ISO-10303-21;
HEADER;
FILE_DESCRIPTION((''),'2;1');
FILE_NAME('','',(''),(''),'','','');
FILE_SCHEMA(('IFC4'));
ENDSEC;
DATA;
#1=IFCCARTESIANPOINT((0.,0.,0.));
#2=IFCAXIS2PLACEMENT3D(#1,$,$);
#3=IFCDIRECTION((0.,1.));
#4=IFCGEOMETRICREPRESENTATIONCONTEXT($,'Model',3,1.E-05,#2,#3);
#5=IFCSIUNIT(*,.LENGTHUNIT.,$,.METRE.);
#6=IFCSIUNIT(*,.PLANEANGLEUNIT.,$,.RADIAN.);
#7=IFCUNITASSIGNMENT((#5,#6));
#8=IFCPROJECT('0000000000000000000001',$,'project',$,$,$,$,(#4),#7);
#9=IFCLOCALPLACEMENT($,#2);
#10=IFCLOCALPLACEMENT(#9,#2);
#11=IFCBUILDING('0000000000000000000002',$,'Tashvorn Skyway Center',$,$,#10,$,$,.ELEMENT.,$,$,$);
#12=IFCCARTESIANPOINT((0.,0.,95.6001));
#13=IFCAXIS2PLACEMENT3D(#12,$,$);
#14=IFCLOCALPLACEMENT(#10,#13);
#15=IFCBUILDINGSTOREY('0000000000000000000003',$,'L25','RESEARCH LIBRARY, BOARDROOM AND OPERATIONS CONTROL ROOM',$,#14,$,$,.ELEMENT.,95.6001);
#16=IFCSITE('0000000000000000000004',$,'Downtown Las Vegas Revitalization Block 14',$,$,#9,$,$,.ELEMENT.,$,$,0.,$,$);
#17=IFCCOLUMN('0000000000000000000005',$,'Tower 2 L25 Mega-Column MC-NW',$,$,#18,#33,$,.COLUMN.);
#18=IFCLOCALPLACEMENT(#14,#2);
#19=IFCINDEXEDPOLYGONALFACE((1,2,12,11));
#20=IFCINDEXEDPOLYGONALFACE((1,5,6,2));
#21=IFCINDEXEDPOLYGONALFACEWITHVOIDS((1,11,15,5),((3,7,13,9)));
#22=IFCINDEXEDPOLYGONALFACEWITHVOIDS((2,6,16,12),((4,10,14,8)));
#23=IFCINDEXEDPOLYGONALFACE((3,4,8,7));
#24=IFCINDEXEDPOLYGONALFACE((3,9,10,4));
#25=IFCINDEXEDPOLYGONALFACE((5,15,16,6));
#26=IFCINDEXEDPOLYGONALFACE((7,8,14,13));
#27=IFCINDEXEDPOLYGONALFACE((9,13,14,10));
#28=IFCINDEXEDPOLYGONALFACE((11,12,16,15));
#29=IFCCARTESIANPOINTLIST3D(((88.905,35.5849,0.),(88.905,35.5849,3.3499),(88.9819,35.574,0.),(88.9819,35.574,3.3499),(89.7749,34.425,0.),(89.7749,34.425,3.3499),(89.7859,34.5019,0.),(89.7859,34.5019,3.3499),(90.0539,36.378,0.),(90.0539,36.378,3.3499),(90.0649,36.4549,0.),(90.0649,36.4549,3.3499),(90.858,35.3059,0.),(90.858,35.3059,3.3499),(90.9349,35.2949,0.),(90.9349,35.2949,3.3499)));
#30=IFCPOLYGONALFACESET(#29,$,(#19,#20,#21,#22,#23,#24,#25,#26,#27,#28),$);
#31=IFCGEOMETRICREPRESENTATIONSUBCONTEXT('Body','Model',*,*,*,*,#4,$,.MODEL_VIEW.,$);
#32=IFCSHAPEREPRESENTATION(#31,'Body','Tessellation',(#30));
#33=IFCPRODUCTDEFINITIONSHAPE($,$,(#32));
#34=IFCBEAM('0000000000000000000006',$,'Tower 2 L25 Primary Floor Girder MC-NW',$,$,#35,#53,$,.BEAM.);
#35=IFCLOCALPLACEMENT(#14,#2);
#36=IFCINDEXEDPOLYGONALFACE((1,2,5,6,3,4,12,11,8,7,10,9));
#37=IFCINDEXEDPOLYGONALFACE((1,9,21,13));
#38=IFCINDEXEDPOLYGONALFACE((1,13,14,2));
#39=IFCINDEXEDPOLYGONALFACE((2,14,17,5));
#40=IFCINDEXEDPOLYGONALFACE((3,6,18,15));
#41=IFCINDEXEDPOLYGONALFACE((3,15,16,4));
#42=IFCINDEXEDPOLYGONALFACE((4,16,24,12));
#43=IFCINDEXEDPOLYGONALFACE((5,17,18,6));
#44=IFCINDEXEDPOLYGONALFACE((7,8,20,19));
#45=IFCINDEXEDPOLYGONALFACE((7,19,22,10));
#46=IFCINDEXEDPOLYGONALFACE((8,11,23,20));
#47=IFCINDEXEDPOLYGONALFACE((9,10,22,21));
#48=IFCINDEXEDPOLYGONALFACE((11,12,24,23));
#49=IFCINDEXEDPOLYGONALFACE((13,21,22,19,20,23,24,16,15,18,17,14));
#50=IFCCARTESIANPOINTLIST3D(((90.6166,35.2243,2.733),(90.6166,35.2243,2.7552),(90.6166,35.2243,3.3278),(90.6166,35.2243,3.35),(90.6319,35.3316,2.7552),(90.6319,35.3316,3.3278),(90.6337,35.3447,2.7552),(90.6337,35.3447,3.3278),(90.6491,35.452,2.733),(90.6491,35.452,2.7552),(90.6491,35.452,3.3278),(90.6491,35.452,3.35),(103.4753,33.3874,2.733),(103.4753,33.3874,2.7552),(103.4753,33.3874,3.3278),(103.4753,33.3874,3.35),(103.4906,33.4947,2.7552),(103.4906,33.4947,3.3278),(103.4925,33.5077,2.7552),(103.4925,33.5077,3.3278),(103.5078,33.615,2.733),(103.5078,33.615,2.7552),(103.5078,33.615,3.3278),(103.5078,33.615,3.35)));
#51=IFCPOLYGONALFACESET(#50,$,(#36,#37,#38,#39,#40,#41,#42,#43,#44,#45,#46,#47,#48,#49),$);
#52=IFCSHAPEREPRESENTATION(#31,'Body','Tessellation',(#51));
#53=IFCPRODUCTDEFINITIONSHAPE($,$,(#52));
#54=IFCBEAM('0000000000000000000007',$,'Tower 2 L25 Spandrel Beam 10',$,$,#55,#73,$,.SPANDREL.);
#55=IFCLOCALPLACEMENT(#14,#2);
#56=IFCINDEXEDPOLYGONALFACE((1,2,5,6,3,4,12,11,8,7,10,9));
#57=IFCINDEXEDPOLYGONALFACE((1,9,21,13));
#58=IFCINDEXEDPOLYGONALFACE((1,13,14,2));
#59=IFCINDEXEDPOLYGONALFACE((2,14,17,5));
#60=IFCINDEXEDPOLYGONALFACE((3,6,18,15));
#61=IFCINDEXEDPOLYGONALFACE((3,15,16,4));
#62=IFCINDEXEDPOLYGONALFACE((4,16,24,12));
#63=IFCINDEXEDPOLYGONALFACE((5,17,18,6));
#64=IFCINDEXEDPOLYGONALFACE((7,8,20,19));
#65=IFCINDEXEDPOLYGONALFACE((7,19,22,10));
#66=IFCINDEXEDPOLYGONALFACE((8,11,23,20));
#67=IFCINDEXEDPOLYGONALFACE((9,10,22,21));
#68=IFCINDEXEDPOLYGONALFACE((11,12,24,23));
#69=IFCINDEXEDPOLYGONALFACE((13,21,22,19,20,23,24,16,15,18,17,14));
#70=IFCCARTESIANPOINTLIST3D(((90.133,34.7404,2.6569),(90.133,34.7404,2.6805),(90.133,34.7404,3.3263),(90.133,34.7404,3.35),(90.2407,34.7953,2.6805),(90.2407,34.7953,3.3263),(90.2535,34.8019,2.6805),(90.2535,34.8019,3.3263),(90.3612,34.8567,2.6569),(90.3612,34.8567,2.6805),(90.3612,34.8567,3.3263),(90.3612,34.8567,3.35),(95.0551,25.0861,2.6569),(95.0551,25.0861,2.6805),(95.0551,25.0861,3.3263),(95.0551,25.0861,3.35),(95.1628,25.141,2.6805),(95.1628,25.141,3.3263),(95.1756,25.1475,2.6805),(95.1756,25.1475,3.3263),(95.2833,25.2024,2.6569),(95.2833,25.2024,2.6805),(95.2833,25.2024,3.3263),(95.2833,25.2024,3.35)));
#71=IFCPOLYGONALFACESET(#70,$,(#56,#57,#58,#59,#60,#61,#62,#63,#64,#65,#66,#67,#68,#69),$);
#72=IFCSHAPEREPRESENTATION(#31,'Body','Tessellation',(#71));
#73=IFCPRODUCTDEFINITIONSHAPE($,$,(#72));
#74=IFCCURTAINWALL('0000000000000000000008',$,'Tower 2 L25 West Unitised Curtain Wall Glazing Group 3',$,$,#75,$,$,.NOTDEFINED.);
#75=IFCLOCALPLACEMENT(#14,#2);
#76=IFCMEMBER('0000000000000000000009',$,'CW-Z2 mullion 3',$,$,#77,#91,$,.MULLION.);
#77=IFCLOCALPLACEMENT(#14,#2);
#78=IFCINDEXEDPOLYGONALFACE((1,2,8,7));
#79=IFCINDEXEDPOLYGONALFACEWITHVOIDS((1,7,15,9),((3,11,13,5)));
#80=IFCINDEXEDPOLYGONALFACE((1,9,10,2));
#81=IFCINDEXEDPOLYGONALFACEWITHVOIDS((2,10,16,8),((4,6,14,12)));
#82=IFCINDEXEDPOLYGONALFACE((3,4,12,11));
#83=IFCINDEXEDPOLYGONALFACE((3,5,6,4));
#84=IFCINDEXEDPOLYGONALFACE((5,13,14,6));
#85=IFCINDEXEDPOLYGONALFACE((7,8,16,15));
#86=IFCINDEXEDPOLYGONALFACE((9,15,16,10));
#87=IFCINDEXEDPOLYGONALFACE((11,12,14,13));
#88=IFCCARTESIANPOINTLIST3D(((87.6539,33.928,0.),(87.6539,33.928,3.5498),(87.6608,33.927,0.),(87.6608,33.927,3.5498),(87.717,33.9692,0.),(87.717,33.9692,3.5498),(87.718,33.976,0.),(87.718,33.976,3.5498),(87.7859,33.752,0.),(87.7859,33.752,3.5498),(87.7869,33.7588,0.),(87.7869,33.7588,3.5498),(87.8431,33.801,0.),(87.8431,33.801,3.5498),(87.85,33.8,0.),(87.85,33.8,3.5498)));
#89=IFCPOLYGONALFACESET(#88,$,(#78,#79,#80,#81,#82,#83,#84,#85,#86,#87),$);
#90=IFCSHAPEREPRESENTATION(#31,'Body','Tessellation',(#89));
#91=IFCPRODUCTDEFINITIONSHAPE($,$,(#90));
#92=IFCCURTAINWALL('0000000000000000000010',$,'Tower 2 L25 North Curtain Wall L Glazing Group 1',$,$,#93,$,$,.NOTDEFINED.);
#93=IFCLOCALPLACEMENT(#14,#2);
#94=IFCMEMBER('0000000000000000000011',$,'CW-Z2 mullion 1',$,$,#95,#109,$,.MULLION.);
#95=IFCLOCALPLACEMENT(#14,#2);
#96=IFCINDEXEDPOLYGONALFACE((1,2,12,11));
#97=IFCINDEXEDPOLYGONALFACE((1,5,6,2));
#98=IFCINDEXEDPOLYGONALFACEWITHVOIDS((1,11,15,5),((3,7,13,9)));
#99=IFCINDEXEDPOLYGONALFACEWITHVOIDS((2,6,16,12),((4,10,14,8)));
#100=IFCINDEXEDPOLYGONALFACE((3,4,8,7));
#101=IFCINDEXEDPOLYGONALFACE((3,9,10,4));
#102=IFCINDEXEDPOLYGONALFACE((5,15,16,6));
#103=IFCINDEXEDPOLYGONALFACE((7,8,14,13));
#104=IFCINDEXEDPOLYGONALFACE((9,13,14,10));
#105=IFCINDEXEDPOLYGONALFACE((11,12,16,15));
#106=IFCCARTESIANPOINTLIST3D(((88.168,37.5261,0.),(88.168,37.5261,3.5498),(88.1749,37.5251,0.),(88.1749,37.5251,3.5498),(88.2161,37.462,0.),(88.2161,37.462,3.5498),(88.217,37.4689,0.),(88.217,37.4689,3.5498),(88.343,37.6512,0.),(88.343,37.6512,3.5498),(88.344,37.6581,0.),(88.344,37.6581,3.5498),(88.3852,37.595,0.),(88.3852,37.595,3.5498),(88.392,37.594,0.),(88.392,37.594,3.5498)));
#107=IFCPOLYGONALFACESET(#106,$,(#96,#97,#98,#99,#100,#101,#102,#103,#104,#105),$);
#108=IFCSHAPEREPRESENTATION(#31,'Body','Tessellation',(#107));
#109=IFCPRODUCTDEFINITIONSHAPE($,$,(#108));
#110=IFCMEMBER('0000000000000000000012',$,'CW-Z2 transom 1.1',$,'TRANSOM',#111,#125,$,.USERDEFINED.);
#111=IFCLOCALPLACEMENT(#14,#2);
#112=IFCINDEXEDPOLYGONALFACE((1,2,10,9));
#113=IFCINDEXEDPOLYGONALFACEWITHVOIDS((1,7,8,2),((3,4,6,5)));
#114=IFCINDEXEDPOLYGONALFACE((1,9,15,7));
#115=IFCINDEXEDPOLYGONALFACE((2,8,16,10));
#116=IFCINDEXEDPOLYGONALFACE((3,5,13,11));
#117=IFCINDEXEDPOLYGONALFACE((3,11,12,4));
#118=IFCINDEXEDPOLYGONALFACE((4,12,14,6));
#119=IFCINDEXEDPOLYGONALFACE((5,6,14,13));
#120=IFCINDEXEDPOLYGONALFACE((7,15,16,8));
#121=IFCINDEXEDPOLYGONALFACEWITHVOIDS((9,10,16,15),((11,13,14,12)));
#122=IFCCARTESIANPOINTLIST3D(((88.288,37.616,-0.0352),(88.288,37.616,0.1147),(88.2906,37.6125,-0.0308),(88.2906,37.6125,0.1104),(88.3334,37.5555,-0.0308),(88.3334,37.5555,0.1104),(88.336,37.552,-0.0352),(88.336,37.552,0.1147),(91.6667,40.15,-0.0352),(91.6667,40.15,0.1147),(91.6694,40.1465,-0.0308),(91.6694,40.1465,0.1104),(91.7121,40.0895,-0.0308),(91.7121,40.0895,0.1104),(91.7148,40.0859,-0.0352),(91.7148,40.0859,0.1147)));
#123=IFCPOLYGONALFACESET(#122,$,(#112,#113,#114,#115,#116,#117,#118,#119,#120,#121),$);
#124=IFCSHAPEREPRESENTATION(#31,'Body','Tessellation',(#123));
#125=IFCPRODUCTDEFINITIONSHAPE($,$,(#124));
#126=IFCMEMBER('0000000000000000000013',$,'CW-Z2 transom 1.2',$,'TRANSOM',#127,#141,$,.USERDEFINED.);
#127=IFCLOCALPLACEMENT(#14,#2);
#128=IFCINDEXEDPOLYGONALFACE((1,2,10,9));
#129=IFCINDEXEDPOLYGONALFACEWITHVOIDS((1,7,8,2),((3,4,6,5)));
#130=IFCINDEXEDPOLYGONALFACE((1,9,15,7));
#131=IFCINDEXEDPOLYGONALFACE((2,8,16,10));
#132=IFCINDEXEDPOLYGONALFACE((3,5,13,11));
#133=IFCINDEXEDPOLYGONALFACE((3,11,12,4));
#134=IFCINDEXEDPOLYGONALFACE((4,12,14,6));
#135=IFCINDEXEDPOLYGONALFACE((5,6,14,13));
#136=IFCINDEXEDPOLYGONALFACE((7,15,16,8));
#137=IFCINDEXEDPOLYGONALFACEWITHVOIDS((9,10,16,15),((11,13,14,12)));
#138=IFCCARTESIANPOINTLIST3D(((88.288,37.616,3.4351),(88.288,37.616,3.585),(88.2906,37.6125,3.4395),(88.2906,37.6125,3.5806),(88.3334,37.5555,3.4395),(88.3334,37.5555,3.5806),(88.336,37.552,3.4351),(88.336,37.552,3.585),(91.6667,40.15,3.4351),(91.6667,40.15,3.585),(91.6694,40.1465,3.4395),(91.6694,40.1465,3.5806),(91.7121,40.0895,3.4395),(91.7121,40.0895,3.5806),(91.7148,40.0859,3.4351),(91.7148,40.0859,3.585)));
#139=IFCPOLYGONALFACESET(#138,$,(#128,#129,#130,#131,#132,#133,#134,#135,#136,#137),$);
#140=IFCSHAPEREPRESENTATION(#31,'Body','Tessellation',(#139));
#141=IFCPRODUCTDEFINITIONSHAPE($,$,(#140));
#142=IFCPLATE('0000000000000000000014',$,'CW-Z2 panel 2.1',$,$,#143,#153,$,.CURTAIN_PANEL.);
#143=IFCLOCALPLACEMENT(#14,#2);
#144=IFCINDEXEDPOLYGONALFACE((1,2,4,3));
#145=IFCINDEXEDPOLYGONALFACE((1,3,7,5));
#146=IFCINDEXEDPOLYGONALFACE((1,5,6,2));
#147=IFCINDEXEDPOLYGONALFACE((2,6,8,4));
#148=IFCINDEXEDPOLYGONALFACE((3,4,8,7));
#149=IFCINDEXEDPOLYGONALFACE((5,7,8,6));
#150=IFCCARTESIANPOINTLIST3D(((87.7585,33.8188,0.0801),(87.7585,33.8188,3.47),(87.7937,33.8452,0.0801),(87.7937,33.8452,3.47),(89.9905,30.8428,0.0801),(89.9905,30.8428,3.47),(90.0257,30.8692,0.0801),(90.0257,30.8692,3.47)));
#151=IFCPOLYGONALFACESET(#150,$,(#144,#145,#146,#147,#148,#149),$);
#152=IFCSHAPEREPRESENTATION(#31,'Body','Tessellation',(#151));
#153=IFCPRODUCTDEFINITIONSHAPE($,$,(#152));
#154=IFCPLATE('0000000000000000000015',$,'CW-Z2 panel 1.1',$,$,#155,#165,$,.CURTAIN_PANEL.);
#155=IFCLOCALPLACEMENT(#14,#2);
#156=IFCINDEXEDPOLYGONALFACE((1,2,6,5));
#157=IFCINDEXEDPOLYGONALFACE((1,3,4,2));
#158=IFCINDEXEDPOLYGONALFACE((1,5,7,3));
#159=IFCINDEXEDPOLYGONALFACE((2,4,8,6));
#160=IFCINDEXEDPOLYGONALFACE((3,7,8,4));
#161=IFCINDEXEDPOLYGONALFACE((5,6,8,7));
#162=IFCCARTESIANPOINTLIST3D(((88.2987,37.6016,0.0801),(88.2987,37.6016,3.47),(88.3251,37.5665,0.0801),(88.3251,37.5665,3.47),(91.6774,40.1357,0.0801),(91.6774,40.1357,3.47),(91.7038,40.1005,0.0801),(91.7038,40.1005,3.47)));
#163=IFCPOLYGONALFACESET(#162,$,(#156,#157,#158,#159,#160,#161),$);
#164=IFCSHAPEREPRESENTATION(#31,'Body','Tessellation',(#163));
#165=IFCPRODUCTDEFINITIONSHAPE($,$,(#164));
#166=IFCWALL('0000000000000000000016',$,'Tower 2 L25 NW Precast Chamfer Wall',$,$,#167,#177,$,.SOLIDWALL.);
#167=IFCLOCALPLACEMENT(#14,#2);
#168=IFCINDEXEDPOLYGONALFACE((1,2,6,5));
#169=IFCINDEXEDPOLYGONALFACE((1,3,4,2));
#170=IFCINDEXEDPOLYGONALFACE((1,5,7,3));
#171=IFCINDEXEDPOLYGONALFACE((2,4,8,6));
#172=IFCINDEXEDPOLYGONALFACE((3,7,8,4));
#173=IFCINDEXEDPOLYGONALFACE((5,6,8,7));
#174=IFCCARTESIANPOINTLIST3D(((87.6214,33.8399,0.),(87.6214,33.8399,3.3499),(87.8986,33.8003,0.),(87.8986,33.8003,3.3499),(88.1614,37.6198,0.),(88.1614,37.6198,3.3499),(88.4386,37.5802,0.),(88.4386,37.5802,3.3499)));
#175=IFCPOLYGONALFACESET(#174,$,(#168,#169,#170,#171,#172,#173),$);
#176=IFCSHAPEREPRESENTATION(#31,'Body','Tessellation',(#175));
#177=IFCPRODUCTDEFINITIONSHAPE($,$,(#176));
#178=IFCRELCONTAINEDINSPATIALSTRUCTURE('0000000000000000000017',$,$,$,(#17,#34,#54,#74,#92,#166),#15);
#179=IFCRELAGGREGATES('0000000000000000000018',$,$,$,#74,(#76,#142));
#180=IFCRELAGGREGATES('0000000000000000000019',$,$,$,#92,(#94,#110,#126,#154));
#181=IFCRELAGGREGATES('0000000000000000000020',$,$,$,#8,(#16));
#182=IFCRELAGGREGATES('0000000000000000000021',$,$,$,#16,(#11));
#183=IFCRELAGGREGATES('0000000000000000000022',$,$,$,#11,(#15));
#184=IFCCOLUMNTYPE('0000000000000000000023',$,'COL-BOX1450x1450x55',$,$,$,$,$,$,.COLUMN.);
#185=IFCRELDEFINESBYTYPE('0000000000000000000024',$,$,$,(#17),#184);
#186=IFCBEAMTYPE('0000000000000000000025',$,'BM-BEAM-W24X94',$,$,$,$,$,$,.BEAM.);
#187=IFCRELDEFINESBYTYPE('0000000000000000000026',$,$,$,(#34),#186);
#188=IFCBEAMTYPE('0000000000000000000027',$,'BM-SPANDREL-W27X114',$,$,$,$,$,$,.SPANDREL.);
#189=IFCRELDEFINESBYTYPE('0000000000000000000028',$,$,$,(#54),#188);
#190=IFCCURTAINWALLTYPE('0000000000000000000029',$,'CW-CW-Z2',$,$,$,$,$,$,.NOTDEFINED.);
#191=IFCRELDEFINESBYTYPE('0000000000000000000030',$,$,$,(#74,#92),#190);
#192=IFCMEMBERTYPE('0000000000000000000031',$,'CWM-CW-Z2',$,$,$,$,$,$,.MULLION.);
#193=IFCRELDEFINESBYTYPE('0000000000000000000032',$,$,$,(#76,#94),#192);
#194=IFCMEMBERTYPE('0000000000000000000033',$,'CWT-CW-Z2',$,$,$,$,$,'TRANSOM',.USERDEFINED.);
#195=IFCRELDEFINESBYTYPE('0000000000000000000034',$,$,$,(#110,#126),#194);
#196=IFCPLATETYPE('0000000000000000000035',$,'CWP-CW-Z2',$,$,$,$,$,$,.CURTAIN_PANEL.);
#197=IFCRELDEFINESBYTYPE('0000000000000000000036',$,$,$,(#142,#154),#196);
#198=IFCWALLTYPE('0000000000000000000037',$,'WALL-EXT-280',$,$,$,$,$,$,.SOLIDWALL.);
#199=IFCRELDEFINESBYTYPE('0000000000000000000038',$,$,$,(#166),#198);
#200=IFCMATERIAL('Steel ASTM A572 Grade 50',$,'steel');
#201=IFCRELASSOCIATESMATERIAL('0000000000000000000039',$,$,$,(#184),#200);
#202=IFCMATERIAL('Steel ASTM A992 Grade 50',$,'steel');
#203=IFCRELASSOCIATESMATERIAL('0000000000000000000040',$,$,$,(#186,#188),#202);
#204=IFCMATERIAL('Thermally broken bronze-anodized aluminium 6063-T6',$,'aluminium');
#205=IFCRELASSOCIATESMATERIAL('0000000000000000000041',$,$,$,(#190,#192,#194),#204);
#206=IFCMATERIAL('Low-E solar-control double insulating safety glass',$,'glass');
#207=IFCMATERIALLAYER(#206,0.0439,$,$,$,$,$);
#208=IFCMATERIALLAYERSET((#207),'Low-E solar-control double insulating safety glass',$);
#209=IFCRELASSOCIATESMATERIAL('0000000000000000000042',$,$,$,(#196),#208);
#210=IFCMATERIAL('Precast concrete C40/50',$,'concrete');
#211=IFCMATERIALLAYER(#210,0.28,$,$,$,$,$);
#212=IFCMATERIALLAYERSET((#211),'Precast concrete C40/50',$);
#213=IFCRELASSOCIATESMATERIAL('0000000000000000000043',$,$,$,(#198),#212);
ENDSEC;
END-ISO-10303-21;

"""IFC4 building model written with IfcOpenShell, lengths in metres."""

from ifc_helpers import new_model, si_unit, direction, frame, frame_2d, origin, origin_2d, place, context, subcontext, project, spatial, rectangle, hollow_rectangle, i_section, extrude, material, layer, layer_set, material_profile, profile_set, type_object, element, aggregate, save


model = new_model("IFC4")

# Units and contexts
model_context = context("Model", 3, precision=1e-05, world=origin(), true_north=direction((0.0, 1.0)))
body_context = subcontext(model_context, "Body", "Model", "MODEL_VIEW")
ifc_project = project(units=[si_unit("LENGTHUNIT", "METRE"), si_unit("PLANEANGLEUNIT", "RADIAN")], contexts=[model_context])

# Site, building, storey
site_placement = place(None, origin())
site = spatial("IfcSite", under=ifc_project, at=site_placement, Name="Downtown Las Vegas Revitalization Block 14", CompositionType="ELEMENT", RefElevation=0.0)
building_placement = place(site_placement, origin())
building = spatial("IfcBuilding", under=site, at=building_placement, Name="Tashvorn Skyway Center", CompositionType="ELEMENT")
storey_placement = place(building_placement, frame((0.0, 0.0, 95.6001)))
storey = spatial("IfcBuildingStorey", under=building, at=storey_placement, Name="L25", Description="RESEARCH LIBRARY, BOARDROOM AND OPERATIONS CONTROL ROOM", CompositionType="ELEMENT", Elevation=95.6001)

# Column
ifc_material_1 = material(Name="Steel ASTM A572 Grade 50", Category="steel")
ifc_material_profile_1 = material_profile(ifc_material_1, hollow_rectangle(XDim=1.45, YDim=1.45, WallThickness=0.0549, at=origin_2d()), Name="BOX1450x1450x55")
ifc_profile_set_1 = profile_set([ifc_material_profile_1], Name="Steel ASTM A572 Grade 50")
column_type = type_object("IfcColumnType", Name="COL-BOX1450x1450x55", PredefinedType="COLUMN", material=ifc_profile_set_1)
column_placement = place(storey_placement, frame((89.9199, 35.4399, 0.0), z_axis=(0.0, 0.0, 1.0), x_axis=(0.8, 0.6, 0.0)))
element("IfcColumn", 1, at=column_placement, inside=storey, type_object=column_type, Name="Tower 2 L25 Mega-Column MC-NW", PredefinedType="COLUMN", context=body_context, shape_type="SweptSolid", body=[
    extrude(hollow_rectangle(XDim=1.45, YDim=1.45, WallThickness=0.0549, at=origin_2d()), origin(), (0.0, 0.0, 1.0), 3.3499),
])

# Beams
ifc_material_2 = material(Name="Steel ASTM A992 Grade 50", Category="steel")
ifc_material_profile_2 = material_profile(ifc_material_2, i_section(OverallWidth=0.23, OverallDepth=0.6169, WebThickness=0.0132, FlangeThickness=0.0222, at=origin_2d()), Name="W24X94")
ifc_profile_set_2 = profile_set([ifc_material_profile_2], Name="Steel ASTM A992 Grade 50")
beam_type_1 = type_object("IfcBeamType", Name="BM-BEAM-W24X94", PredefinedType="BEAM", material=ifc_profile_set_2)
beam_1_placement = place(storey_placement, frame((90.6328, 35.3381, 3.0415), z_axis=(0.98995, -0.141419, 0.0), x_axis=(0.141419, 0.98995, 0.0)))
element("IfcBeam", 2, at=beam_1_placement, inside=storey, type_object=beam_type_1, Name="Tower 2 L25 Primary Floor Girder MC-NW", PredefinedType="BEAM", context=body_context, shape_type="SweptSolid", body=[
    extrude(i_section(OverallWidth=0.23, OverallDepth=0.6169, WebThickness=0.0132, FlangeThickness=0.0222, at=origin_2d()), origin(), (0.0, 0.0, 1.0), 12.9893),
])
ifc_material_profile_3 = material_profile(ifc_material_2, i_section(OverallWidth=0.2561, OverallDepth=0.6931, WebThickness=0.0144, FlangeThickness=0.0237, at=origin_2d()), Name="W27X114")
ifc_profile_set_3 = profile_set([ifc_material_profile_3], Name="Steel ASTM A992 Grade 50")
beam_type_2 = type_object("IfcBeamType", Name="BM-SPANDREL-W27X114", PredefinedType="SPANDREL", material=ifc_profile_set_3)
beam_2_placement = place(storey_placement, frame((90.2471, 34.7986, 3.0034), z_axis=(0.454211, -0.890894, 0.0), x_axis=(0.890894, 0.454211, 0.0)))
element("IfcBeam", 3, at=beam_2_placement, inside=storey, type_object=beam_type_2, Name="Tower 2 L25 Spandrel Beam 10", PredefinedType="SPANDREL", context=body_context, shape_type="SweptSolid", body=[
    extrude(i_section(OverallWidth=0.2561, OverallDepth=0.6931, WebThickness=0.0144, FlangeThickness=0.0237, at=origin_2d()), origin(), (0.0, 0.0, 1.0), 10.8367),
])

# Curtain wall, member
ifc_material_3 = material(Name="Thermally broken bronze-anodized aluminium 6063-T6", Category="aluminium")
curtain_wall_type = type_object("IfcCurtainWallType", Name="CW-CW-Z2", PredefinedType="NOTDEFINED", material=ifc_material_3)
curtain_wall_1_placement = place(storey_placement, origin())
curtain_wall_1 = element("IfcCurtainWall", 4, at=curtain_wall_1_placement, inside=storey, type_object=curtain_wall_type, Name="Tower 2 L25 West Unitised Curtain Wall Glazing Group 3", PredefinedType="NOTDEFINED")
ifc_material_profile_4 = material_profile(ifc_material_3, hollow_rectangle(XDim=0.0801, YDim=0.22, WallThickness=0.0049, at=origin_2d()), Name="ALU-MULL-80x220")
ifc_profile_set_4 = profile_set([ifc_material_profile_4], Name="Thermally broken bronze-anodized aluminium 6063-T6")
member_type_1 = type_object("IfcMemberType", Name="CWM-CW-Z2", PredefinedType="MULLION", material=ifc_profile_set_4)
member_1_placement = place(storey_placement, frame((87.752, 33.864, 0.0), z_axis=(0.0, 0.0, 1.0), x_axis=(-0.8, -0.6, 0.0)))
member_1 = element("IfcMember", 5, at=member_1_placement, type_object=member_type_1, Name="CW-Z2 mullion 3", PredefinedType="MULLION", context=body_context, shape_type="SweptSolid", body=[
    extrude(hollow_rectangle(XDim=0.0801, YDim=0.22, WallThickness=0.0049, at=origin_2d()), origin(), (0.0, 0.0, 1.0), 3.5498),
])

# Curtain wall, members
curtain_wall_2_placement = place(storey_placement, origin())
curtain_wall_2 = element("IfcCurtainWall", 6, at=curtain_wall_2_placement, inside=storey, type_object=curtain_wall_type, Name="Tower 2 L25 North Curtain Wall L Glazing Group 1", PredefinedType="NOTDEFINED")
member_2_placement = place(storey_placement, frame((88.28, 37.5601, 0.0), z_axis=(0.0, 0.0, 1.0), x_axis=(-0.600002, 0.799999, 0.0)))
member_2 = element("IfcMember", 7, at=member_2_placement, type_object=member_type_1, Name="CW-Z2 mullion 1", PredefinedType="MULLION", context=body_context, shape_type="SweptSolid", body=[
    extrude(hollow_rectangle(XDim=0.0801, YDim=0.22, WallThickness=0.0049, at=origin_2d()), origin(), (0.0, 0.0, 1.0), 3.5498),
])
ifc_material_profile_5 = material_profile(ifc_material_3, hollow_rectangle(XDim=0.0801, YDim=0.1499, WallThickness=0.0044, at=origin_2d()), Name="ALU-TRAN-80x150")
ifc_profile_set_5 = profile_set([ifc_material_profile_5], Name="Thermally broken bronze-anodized aluminium 6063-T6")
member_type_2 = type_object("IfcMemberType", Name="CWT-CW-Z2", ElementType="TRANSOM", PredefinedType="USERDEFINED", material=ifc_profile_set_5)
member_3_placement = place(storey_placement, frame((88.312, 37.584, 0.0398), z_axis=(0.800007, 0.599991, 0.0), x_axis=(-0.599991, 0.800007, 0.0)))
member_3 = element("IfcMember", 8, at=member_3_placement, type_object=member_type_2, Name="CW-Z2 transom 1.1", ObjectType="TRANSOM", PredefinedType="USERDEFINED", context=body_context, shape_type="SweptSolid", body=[
    extrude(hollow_rectangle(XDim=0.0801, YDim=0.1499, WallThickness=0.0044, at=origin_2d()), origin(), (0.0, 0.0, 1.0), 4.2234),
])
member_4_placement = place(storey_placement, frame((88.312, 37.584, 3.51), z_axis=(0.800007, 0.599991, 0.0), x_axis=(-0.599991, 0.800007, 0.0)))
member_4 = element("IfcMember", 9, at=member_4_placement, type_object=member_type_2, Name="CW-Z2 transom 1.2", ObjectType="TRANSOM", PredefinedType="USERDEFINED", context=body_context, shape_type="SweptSolid", body=[
    extrude(hollow_rectangle(XDim=0.0801, YDim=0.1499, WallThickness=0.0044, at=origin_2d()), origin(), (0.0, 0.0, 1.0), 4.2234),
])

# Plates
ifc_material_4 = material(Name="Low-E solar-control double insulating safety glass", Category="glass")
ifc_layer_1 = layer(ifc_material_4, 0.0439)
ifc_layer_set_1 = layer_set([ifc_layer_1], Name="Low-E solar-control double insulating safety glass")
plate_type = type_object("IfcPlateType", Name="CWP-CW-Z2", PredefinedType="CURTAIN_PANEL", material=ifc_layer_set_1)
plate_1_placement = place(storey_placement, frame((88.8921, 32.344, 0.0801), z_axis=(0.0, 0.0, 1.0), x_axis=(-0.6, 0.8, 0.0)))
plate_1 = element("IfcPlate", 10, at=plate_1_placement, type_object=plate_type, Name="CW-Z2 panel 2.1", PredefinedType="CURTAIN_PANEL", context=body_context, shape_type="SweptSolid", body=[
    extrude(rectangle(XDim=3.72, YDim=0.0439, at=origin_2d()), origin(), (0.0, 0.0, 1.0), 3.3899),
])
aggregate(curtain_wall_1, [member_1, plate_1])
plate_2_placement = place(storey_placement, frame((90.0012, 38.8511, 0.0801), z_axis=(0.0, 0.0, 1.0), x_axis=(0.799999, 0.600002, 0.0)))
plate_2 = element("IfcPlate", 11, at=plate_2_placement, type_object=plate_type, Name="CW-Z2 panel 1.1", PredefinedType="CURTAIN_PANEL", context=body_context, shape_type="SweptSolid", body=[
    extrude(rectangle(XDim=4.2234, YDim=0.0439, at=origin_2d()), origin(), (0.0, 0.0, 1.0), 3.3899),
])
aggregate(curtain_wall_2, [member_2, member_3, member_4, plate_2])

# Wall
ifc_material_5 = material(Name="Precast concrete C40/50", Category="concrete")
ifc_layer_2 = layer(ifc_material_5, 0.28)
ifc_layer_set_2 = layer_set([ifc_layer_2], Name="Precast concrete C40/50")
wall_type_1 = type_object("IfcWallType", Name="WALL-EXT-280", PredefinedType="SOLIDWALL", material=ifc_layer_set_2)
wall_1_placement = place(storey_placement, frame((87.76, 33.8201, 0.0), z_axis=(0.0, 0.0, 1.0), x_axis=(0.14143, 0.989948, 0.0)))
element("IfcWall", 12, at=wall_1_placement, inside=storey, type_object=wall_type_1, Name="Tower 2 L25 NW Precast Chamfer Wall", PredefinedType="SOLIDWALL", context=body_context, shape_type="SweptSolid", body=[
    extrude(rectangle(XDim=3.8184, YDim=0.28, at=frame_2d((1.9092, 0.0))), origin(), (0.0, 0.0, 1.0), 3.3499),
])

save(model, "model.ifc")
